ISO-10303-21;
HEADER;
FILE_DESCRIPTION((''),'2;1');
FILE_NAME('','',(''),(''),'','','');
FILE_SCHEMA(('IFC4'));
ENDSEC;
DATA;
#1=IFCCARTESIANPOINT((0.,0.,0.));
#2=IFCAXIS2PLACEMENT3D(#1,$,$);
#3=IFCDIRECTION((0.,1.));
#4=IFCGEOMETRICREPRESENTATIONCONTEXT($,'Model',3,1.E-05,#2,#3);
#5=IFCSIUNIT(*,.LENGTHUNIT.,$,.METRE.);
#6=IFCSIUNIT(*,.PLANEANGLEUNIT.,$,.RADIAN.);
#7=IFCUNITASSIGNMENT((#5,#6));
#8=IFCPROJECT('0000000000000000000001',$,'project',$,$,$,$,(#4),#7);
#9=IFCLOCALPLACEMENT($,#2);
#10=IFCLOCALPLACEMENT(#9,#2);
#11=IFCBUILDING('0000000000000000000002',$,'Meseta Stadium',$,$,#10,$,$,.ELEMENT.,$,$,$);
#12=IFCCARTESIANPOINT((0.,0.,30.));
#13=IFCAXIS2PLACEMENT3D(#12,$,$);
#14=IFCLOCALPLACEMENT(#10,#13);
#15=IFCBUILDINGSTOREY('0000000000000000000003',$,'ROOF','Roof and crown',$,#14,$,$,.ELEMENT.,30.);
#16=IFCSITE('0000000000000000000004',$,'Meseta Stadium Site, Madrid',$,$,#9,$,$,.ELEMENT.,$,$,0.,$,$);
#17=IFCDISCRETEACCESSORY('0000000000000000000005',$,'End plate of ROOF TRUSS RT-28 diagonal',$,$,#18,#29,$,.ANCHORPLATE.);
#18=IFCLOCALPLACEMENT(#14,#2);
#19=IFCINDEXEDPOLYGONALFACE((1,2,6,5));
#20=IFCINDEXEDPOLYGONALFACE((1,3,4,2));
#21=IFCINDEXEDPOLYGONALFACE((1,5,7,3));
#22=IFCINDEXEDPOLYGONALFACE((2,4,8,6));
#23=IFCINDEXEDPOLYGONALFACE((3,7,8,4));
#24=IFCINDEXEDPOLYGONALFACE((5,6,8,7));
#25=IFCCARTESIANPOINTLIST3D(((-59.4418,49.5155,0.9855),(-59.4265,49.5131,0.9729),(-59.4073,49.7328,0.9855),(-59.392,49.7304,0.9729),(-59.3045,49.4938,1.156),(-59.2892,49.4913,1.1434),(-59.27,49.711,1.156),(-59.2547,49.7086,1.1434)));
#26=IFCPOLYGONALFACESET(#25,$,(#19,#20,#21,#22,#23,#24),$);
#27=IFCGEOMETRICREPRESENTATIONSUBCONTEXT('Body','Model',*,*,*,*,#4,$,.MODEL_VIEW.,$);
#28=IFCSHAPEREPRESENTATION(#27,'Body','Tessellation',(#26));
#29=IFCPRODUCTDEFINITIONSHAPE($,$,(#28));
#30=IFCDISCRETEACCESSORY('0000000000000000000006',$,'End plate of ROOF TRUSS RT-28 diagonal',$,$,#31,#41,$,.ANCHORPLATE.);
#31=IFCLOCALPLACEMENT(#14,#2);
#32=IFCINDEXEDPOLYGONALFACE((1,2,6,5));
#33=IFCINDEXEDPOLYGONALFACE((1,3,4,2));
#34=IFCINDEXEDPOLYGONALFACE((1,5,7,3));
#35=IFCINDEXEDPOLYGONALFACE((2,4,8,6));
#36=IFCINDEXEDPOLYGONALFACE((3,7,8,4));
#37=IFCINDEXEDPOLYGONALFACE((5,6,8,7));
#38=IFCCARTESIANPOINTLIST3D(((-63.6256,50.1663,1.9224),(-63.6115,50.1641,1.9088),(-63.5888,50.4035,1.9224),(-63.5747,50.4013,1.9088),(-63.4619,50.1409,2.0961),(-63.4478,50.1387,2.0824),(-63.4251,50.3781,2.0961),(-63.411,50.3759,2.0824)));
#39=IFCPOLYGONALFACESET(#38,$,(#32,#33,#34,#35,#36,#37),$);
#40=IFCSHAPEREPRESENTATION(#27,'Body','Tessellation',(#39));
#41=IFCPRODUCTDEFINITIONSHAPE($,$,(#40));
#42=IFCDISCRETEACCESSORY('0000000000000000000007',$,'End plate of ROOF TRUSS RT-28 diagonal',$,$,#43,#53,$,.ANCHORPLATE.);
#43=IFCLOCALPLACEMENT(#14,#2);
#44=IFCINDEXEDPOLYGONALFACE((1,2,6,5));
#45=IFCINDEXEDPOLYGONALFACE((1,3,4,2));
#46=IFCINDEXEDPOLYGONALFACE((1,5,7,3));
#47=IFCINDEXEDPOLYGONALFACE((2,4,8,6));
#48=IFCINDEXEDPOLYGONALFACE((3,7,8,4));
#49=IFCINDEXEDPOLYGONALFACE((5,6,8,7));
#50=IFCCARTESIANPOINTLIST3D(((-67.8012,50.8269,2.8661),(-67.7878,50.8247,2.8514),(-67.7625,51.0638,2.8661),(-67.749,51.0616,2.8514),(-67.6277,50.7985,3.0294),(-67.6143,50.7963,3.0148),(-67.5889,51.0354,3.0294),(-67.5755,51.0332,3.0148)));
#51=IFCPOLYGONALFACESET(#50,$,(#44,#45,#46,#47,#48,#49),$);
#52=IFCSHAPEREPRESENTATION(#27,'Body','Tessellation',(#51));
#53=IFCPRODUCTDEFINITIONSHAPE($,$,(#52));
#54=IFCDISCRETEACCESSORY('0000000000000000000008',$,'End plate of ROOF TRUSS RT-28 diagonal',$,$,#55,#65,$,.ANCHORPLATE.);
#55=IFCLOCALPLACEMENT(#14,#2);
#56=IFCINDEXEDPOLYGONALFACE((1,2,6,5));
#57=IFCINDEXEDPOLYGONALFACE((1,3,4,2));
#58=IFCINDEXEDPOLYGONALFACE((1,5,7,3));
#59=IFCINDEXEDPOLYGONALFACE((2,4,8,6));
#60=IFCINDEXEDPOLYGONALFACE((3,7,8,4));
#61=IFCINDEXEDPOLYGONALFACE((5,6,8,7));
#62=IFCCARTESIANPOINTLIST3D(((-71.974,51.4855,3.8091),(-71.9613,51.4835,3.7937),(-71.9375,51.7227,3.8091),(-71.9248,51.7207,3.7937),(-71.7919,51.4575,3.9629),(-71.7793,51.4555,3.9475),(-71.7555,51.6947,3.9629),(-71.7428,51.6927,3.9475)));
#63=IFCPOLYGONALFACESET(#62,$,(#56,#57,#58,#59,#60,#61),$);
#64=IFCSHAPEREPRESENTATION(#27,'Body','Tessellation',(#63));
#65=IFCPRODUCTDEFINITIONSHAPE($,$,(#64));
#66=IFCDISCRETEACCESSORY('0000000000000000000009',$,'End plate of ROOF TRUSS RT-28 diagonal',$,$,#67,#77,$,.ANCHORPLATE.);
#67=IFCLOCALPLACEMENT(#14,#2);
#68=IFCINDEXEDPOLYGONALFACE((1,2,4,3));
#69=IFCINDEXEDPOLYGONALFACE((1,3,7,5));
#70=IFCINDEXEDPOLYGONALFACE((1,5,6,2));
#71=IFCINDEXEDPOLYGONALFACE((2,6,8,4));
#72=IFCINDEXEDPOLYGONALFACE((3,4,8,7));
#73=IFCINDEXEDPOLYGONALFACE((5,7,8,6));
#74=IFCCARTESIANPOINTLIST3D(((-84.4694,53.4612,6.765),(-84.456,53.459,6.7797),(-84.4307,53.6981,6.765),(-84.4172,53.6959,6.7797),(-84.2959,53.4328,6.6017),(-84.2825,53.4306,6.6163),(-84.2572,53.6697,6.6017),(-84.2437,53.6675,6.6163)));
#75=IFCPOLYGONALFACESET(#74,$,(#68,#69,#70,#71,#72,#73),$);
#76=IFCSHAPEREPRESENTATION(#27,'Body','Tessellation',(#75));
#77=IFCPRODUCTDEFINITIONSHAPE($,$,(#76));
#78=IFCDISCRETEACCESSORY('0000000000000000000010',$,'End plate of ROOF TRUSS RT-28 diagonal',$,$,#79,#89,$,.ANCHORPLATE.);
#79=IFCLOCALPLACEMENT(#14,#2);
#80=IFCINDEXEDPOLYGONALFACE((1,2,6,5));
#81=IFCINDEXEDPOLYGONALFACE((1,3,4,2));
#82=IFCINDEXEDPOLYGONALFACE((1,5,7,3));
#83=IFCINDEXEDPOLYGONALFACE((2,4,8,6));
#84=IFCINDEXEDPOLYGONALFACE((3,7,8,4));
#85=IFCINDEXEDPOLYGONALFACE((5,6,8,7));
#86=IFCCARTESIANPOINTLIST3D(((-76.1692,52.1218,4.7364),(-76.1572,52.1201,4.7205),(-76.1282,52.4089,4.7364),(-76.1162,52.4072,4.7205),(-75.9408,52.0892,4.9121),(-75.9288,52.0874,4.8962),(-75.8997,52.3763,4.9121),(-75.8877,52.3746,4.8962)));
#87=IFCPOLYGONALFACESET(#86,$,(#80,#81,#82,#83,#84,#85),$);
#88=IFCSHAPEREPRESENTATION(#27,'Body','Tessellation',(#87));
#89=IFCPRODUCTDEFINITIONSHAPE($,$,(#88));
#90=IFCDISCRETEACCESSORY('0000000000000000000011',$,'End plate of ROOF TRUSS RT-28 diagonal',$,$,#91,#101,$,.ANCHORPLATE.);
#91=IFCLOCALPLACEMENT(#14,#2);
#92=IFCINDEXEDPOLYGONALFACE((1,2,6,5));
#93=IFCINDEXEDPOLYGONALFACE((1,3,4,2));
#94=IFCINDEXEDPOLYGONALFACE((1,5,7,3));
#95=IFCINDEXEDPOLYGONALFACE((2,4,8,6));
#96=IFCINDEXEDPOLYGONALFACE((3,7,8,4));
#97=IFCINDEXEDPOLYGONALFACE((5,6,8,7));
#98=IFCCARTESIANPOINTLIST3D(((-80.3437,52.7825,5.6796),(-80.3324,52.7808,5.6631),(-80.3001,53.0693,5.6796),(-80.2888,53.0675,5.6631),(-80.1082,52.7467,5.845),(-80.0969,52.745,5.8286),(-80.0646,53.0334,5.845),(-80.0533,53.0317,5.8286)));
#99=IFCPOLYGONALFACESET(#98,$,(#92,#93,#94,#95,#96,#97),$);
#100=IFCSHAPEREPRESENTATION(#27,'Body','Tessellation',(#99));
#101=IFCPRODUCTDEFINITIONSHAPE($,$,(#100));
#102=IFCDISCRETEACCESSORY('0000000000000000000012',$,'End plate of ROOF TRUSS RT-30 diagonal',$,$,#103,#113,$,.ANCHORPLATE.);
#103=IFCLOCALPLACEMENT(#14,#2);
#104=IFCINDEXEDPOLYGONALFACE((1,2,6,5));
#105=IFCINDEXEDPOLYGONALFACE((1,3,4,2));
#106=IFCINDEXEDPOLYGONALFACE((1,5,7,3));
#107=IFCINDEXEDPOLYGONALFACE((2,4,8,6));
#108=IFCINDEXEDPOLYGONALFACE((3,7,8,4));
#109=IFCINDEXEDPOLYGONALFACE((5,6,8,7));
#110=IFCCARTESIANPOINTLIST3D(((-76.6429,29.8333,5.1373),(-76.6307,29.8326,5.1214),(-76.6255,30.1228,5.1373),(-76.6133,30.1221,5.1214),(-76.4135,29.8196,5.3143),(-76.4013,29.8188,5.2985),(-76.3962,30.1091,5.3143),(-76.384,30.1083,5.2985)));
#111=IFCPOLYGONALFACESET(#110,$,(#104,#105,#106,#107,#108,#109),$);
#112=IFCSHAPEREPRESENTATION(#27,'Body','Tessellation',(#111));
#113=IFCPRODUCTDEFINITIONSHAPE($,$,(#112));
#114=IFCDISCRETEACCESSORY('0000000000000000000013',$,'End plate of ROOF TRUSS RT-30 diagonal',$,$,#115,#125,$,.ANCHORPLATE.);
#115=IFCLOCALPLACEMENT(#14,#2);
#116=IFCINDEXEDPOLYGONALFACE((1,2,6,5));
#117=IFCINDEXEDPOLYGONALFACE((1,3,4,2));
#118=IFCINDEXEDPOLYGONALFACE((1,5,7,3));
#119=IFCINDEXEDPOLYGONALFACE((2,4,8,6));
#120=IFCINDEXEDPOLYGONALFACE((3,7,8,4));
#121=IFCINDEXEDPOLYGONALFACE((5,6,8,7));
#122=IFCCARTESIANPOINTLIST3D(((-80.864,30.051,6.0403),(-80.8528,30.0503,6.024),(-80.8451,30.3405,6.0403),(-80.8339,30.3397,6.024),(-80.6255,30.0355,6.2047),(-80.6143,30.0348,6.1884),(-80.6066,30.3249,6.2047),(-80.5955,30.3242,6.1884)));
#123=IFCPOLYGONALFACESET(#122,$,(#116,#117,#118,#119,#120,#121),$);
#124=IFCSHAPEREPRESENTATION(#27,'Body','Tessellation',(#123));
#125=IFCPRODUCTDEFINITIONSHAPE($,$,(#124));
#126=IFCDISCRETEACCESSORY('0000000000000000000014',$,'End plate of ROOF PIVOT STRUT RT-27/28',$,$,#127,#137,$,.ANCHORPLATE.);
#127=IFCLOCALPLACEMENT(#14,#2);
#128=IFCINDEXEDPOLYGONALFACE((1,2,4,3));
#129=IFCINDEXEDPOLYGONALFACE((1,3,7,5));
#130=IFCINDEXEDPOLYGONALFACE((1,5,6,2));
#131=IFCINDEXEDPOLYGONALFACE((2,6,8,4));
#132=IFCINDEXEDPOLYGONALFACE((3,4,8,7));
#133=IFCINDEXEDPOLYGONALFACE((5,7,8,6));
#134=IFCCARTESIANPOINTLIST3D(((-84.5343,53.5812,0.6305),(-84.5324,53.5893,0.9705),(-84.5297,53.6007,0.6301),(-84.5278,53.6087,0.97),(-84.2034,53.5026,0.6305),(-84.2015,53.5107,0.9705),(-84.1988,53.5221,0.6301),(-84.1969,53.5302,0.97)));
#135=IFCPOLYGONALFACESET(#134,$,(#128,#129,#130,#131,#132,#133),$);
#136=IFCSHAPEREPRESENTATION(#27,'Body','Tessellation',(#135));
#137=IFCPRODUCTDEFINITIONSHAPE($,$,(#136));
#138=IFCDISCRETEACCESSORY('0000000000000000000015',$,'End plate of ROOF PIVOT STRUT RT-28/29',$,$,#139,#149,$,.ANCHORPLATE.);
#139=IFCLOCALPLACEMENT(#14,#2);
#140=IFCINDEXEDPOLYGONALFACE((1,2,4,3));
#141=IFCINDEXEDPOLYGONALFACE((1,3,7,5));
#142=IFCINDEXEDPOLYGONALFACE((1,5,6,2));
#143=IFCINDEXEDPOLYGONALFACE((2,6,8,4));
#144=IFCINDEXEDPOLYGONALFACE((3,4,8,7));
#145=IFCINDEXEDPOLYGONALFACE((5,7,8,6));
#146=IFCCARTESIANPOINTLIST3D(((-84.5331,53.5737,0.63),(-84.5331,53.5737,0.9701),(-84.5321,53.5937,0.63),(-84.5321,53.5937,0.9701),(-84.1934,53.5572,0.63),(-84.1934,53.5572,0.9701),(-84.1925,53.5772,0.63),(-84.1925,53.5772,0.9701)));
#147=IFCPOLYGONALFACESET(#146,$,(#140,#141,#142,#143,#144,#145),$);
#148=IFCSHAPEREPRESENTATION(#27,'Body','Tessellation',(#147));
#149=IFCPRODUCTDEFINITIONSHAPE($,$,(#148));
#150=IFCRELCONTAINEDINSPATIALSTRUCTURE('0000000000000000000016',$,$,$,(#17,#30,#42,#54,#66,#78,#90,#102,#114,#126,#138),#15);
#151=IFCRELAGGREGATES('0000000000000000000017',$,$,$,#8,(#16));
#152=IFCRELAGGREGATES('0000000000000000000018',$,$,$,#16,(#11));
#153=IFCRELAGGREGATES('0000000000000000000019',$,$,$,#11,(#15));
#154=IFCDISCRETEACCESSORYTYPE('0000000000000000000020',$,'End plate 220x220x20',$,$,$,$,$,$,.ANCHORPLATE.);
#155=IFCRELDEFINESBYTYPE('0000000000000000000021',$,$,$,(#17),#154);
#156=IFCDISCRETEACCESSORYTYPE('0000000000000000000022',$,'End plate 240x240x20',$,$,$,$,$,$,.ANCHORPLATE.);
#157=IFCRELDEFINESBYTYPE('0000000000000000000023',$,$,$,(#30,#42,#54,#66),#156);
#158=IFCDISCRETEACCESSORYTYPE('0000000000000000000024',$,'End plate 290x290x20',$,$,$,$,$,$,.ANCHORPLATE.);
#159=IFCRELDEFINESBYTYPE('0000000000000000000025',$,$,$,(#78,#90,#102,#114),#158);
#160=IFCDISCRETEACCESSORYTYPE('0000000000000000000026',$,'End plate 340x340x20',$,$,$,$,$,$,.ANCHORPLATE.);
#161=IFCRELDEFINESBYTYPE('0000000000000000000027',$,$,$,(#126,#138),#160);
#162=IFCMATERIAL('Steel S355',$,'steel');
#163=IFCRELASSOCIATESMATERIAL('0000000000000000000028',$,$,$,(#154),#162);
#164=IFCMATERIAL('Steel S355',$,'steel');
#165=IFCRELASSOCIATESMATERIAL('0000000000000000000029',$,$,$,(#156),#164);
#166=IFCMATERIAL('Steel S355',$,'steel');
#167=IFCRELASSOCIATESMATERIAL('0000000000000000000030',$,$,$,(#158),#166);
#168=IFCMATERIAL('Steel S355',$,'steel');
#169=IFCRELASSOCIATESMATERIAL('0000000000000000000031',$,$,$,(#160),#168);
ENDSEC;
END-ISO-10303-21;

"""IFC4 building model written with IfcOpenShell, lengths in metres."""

from ifc_helpers import new_model, si_unit, direction, frame, origin, origin_2d, place, context, subcontext, project, spatial, rectangle, extrude, material, material_profile, profile_set, type_object, element, save


model = new_model("IFC4")

# Units and contexts
model_context = context("Model", 3, precision=1e-05, world=origin(), true_north=direction((0.0, 1.0)))
body_context = subcontext(model_context, "Body", "Model", "MODEL_VIEW")
ifc_project = project(units=[si_unit("LENGTHUNIT", "METRE"), si_unit("PLANEANGLEUNIT", "RADIAN")], contexts=[model_context])

# Site, building, storey
site_placement = place(None, origin())
site = spatial("IfcSite", under=ifc_project, at=site_placement, Name="Meseta Stadium Site, Madrid", CompositionType="ELEMENT", RefElevation=0.0)
building_placement = place(site_placement, origin())
building = spatial("IfcBuilding", under=site, at=building_placement, Name="Meseta Stadium", CompositionType="ELEMENT")
storey_placement = place(building_placement, frame((0.0, 0.0, 30.0)))
storey = spatial("IfcBuildingStorey", under=building, at=storey_placement, Name="ROOF", Description="Roof and crown", CompositionType="ELEMENT", Elevation=30.0)

# Discrete accessories
ifc_material_1 = material(Name="Steel S355", Category="steel")
ifc_material_profile_1 = material_profile(ifc_material_1, rectangle(XDim=0.22, YDim=0.22, at=origin_2d()), Name="PL 220x220")
ifc_profile_set_1 = profile_set([ifc_material_profile_1], Name="Steel S355")
discrete_accessory_type_1 = type_object("IfcDiscreteAccessoryType", Name="End plate 220x220x20", PredefinedType="ANCHORPLATE", material=ifc_profile_set_1)
discrete_accessory_1_placement = place(storey_placement, frame((-59.3406, 49.6108, 1.0581), z_axis=(-0.765508, 0.121509, 0.631848), x_axis=(-0.156768, -0.987636, 0.0)))
element("IfcDiscreteAccessory", 1, at=discrete_accessory_1_placement, inside=storey, type_object=discrete_accessory_type_1, Name="End plate of ROOF TRUSS RT-28 diagonal", PredefinedType="ANCHORPLATE", context=body_context, shape_type="SweptSolid", body=[
    extrude(rectangle(XDim=0.22, YDim=0.22, at=origin_2d()), origin(), (0.0, 0.0, 1.0), 0.02),
])
ifc_material_2 = material(Name="Steel S355", Category="steel")
ifc_material_profile_2 = material_profile(ifc_material_2, rectangle(XDim=0.24, YDim=0.24, at=origin_2d()), Name="PL 240x240")
ifc_profile_set_2 = profile_set([ifc_material_profile_2], Name="Steel S355")
discrete_accessory_type_2 = type_object("IfcDiscreteAccessoryType", Name="End plate 240x240x20", PredefinedType="ANCHORPLATE", material=ifc_profile_set_2)
discrete_accessory_2_placement = place(storey_placement, frame((-63.5112, 50.27, 1.9956), z_axis=(-0.71496, 0.110942, 0.690307), x_axis=(-0.153337, -0.988174, 0.0)))
element("IfcDiscreteAccessory", 2, at=discrete_accessory_2_placement, inside=storey, type_object=discrete_accessory_type_2, Name="End plate of ROOF TRUSS RT-28 diagonal", PredefinedType="ANCHORPLATE", context=body_context, shape_type="SweptSolid", body=[
    extrude(rectangle(XDim=0.24, YDim=0.24, at=origin_2d()), origin(), (0.0, 0.0, 1.0), 0.0198),
])
for number, where, z_axis, x_axis, name in (
    (3, (-67.6816, 50.929, 2.9331), (-0.671631, 0.109903, 0.732689), (-0.161489, -0.986875, 0.0), "End plate of ROOF TRUSS RT-28 diagonal"),
    (4, (-71.8521, 51.5881, 3.8706), (-0.633534, 0.097467, 0.767551), (-0.152057, -0.988372, 0.0), "End plate of ROOF TRUSS RT-28 diagonal"),
    (5, (-84.3499, 53.5632, 6.698), (-0.671631, 0.109903, -0.732689), (-0.161489, -0.986875, 0.0), "End plate of ROOF TRUSS RT-28 diagonal"),
):
    element("IfcDiscreteAccessory", number, at=place(storey_placement, frame(where, z_axis=z_axis, x_axis=x_axis)), inside=storey, type_object=discrete_accessory_type_2, Name=name, PredefinedType="ANCHORPLATE", context=body_context, shape_type="SweptSolid", body=[
        extrude(rectangle(XDim=0.24, YDim=0.24, at=origin_2d()), origin(), (0.0, 0.0, 1.0), 0.02),
    ])
ifc_material_3 = material(Name="Steel S355", Category="steel")
ifc_material_profile_3 = material_profile(ifc_material_3, rectangle(XDim=0.29, YDim=0.29, at=origin_2d()), Name="PL 290x290")
ifc_profile_set_3 = profile_set([ifc_material_profile_3], Name="Steel S355")
discrete_accessory_type_3 = type_object("IfcDiscreteAccessoryType", Name="End plate 290x290x20", PredefinedType="ANCHORPLATE", material=ifc_profile_set_3)
for number, where, z_axis, x_axis, name in (
    (6, (-76.0225, 52.2473, 4.8083), (-0.59975, 0.085679, 0.795587), (-0.141421, -0.989949, 0.0), "End plate of ROOF TRUSS RT-28 diagonal"),
    (7, (-80.1929, 52.9062, 5.7458), (-0.563919, 0.085814, 0.82136), (-0.150442, -0.988619, 0.0), "End plate of ROOF TRUSS RT-28 diagonal"),
    (8, (-76.5073, 29.9705, 5.21), (-0.609303, 0.036558, 0.792094), (-0.059892, -0.998205, 0.0), "End plate of ROOF TRUSS RT-30 diagonal"),
):
    element("IfcDiscreteAccessory", number, at=place(storey_placement, frame(where, z_axis=z_axis, x_axis=x_axis)), inside=storey, type_object=discrete_accessory_type_3, Name=name, PredefinedType="ANCHORPLATE", context=body_context, shape_type="SweptSolid", body=[
        extrude(rectangle(XDim=0.29, YDim=0.29, at=origin_2d()), origin(), (0.0, 0.0, 1.0), 0.02),
    ])
discrete_accessory_3_placement = place(storey_placement, frame((-80.7241, 30.1873, 6.1062), z_axis=(-0.565621, 0.036888, 0.82384), x_axis=(-0.065079, -0.99788, 0.0)))
element("IfcDiscreteAccessory", 9, at=discrete_accessory_3_placement, inside=storey, type_object=discrete_accessory_type_3, Name="End plate of ROOF TRUSS RT-30 diagonal", PredefinedType="ANCHORPLATE", context=body_context, shape_type="SweptSolid", body=[
    extrude(rectangle(XDim=0.29, YDim=0.29, at=origin_2d()), origin(), (0.0, 0.0, 1.0), 0.0198),
])
ifc_material_4 = material(Name="Steel S355", Category="steel")
ifc_material_profile_4 = material_profile(ifc_material_4, rectangle(XDim=0.3401, YDim=0.3401, at=origin_2d()), Name="PL 340x340")
ifc_profile_set_4 = profile_set([ifc_material_profile_4], Name="Steel S355")
discrete_accessory_type_4 = type_object("IfcDiscreteAccessoryType", Name="End plate 340x340x20", PredefinedType="ANCHORPLATE", material=ifc_profile_set_4)
for number, where, z_axis, x_axis, name in (
    (10, (-84.3633, 53.5654, 0.8), (-0.231004, -0.972649, 0.024316), (0.972937, -0.231072, 0.0), "End plate of ROOF PIVOT STRUT RT-27/28"),
    (11, (-84.3623, 53.5854, 0.8), (-0.048723, -0.998812, 0.0), (0.998812, -0.048723, 0.0), "End plate of ROOF PIVOT STRUT RT-28/29"),
):
    element("IfcDiscreteAccessory", number, at=place(storey_placement, frame(where, z_axis=z_axis, x_axis=x_axis)), inside=storey, type_object=discrete_accessory_type_4, Name=name, PredefinedType="ANCHORPLATE", context=body_context, shape_type="SweptSolid", body=[
        extrude(rectangle(XDim=0.3401, YDim=0.3401, at=origin_2d()), origin(), (0.0, 0.0, 1.0), 0.02),
    ])

save(model, "model.ifc")
